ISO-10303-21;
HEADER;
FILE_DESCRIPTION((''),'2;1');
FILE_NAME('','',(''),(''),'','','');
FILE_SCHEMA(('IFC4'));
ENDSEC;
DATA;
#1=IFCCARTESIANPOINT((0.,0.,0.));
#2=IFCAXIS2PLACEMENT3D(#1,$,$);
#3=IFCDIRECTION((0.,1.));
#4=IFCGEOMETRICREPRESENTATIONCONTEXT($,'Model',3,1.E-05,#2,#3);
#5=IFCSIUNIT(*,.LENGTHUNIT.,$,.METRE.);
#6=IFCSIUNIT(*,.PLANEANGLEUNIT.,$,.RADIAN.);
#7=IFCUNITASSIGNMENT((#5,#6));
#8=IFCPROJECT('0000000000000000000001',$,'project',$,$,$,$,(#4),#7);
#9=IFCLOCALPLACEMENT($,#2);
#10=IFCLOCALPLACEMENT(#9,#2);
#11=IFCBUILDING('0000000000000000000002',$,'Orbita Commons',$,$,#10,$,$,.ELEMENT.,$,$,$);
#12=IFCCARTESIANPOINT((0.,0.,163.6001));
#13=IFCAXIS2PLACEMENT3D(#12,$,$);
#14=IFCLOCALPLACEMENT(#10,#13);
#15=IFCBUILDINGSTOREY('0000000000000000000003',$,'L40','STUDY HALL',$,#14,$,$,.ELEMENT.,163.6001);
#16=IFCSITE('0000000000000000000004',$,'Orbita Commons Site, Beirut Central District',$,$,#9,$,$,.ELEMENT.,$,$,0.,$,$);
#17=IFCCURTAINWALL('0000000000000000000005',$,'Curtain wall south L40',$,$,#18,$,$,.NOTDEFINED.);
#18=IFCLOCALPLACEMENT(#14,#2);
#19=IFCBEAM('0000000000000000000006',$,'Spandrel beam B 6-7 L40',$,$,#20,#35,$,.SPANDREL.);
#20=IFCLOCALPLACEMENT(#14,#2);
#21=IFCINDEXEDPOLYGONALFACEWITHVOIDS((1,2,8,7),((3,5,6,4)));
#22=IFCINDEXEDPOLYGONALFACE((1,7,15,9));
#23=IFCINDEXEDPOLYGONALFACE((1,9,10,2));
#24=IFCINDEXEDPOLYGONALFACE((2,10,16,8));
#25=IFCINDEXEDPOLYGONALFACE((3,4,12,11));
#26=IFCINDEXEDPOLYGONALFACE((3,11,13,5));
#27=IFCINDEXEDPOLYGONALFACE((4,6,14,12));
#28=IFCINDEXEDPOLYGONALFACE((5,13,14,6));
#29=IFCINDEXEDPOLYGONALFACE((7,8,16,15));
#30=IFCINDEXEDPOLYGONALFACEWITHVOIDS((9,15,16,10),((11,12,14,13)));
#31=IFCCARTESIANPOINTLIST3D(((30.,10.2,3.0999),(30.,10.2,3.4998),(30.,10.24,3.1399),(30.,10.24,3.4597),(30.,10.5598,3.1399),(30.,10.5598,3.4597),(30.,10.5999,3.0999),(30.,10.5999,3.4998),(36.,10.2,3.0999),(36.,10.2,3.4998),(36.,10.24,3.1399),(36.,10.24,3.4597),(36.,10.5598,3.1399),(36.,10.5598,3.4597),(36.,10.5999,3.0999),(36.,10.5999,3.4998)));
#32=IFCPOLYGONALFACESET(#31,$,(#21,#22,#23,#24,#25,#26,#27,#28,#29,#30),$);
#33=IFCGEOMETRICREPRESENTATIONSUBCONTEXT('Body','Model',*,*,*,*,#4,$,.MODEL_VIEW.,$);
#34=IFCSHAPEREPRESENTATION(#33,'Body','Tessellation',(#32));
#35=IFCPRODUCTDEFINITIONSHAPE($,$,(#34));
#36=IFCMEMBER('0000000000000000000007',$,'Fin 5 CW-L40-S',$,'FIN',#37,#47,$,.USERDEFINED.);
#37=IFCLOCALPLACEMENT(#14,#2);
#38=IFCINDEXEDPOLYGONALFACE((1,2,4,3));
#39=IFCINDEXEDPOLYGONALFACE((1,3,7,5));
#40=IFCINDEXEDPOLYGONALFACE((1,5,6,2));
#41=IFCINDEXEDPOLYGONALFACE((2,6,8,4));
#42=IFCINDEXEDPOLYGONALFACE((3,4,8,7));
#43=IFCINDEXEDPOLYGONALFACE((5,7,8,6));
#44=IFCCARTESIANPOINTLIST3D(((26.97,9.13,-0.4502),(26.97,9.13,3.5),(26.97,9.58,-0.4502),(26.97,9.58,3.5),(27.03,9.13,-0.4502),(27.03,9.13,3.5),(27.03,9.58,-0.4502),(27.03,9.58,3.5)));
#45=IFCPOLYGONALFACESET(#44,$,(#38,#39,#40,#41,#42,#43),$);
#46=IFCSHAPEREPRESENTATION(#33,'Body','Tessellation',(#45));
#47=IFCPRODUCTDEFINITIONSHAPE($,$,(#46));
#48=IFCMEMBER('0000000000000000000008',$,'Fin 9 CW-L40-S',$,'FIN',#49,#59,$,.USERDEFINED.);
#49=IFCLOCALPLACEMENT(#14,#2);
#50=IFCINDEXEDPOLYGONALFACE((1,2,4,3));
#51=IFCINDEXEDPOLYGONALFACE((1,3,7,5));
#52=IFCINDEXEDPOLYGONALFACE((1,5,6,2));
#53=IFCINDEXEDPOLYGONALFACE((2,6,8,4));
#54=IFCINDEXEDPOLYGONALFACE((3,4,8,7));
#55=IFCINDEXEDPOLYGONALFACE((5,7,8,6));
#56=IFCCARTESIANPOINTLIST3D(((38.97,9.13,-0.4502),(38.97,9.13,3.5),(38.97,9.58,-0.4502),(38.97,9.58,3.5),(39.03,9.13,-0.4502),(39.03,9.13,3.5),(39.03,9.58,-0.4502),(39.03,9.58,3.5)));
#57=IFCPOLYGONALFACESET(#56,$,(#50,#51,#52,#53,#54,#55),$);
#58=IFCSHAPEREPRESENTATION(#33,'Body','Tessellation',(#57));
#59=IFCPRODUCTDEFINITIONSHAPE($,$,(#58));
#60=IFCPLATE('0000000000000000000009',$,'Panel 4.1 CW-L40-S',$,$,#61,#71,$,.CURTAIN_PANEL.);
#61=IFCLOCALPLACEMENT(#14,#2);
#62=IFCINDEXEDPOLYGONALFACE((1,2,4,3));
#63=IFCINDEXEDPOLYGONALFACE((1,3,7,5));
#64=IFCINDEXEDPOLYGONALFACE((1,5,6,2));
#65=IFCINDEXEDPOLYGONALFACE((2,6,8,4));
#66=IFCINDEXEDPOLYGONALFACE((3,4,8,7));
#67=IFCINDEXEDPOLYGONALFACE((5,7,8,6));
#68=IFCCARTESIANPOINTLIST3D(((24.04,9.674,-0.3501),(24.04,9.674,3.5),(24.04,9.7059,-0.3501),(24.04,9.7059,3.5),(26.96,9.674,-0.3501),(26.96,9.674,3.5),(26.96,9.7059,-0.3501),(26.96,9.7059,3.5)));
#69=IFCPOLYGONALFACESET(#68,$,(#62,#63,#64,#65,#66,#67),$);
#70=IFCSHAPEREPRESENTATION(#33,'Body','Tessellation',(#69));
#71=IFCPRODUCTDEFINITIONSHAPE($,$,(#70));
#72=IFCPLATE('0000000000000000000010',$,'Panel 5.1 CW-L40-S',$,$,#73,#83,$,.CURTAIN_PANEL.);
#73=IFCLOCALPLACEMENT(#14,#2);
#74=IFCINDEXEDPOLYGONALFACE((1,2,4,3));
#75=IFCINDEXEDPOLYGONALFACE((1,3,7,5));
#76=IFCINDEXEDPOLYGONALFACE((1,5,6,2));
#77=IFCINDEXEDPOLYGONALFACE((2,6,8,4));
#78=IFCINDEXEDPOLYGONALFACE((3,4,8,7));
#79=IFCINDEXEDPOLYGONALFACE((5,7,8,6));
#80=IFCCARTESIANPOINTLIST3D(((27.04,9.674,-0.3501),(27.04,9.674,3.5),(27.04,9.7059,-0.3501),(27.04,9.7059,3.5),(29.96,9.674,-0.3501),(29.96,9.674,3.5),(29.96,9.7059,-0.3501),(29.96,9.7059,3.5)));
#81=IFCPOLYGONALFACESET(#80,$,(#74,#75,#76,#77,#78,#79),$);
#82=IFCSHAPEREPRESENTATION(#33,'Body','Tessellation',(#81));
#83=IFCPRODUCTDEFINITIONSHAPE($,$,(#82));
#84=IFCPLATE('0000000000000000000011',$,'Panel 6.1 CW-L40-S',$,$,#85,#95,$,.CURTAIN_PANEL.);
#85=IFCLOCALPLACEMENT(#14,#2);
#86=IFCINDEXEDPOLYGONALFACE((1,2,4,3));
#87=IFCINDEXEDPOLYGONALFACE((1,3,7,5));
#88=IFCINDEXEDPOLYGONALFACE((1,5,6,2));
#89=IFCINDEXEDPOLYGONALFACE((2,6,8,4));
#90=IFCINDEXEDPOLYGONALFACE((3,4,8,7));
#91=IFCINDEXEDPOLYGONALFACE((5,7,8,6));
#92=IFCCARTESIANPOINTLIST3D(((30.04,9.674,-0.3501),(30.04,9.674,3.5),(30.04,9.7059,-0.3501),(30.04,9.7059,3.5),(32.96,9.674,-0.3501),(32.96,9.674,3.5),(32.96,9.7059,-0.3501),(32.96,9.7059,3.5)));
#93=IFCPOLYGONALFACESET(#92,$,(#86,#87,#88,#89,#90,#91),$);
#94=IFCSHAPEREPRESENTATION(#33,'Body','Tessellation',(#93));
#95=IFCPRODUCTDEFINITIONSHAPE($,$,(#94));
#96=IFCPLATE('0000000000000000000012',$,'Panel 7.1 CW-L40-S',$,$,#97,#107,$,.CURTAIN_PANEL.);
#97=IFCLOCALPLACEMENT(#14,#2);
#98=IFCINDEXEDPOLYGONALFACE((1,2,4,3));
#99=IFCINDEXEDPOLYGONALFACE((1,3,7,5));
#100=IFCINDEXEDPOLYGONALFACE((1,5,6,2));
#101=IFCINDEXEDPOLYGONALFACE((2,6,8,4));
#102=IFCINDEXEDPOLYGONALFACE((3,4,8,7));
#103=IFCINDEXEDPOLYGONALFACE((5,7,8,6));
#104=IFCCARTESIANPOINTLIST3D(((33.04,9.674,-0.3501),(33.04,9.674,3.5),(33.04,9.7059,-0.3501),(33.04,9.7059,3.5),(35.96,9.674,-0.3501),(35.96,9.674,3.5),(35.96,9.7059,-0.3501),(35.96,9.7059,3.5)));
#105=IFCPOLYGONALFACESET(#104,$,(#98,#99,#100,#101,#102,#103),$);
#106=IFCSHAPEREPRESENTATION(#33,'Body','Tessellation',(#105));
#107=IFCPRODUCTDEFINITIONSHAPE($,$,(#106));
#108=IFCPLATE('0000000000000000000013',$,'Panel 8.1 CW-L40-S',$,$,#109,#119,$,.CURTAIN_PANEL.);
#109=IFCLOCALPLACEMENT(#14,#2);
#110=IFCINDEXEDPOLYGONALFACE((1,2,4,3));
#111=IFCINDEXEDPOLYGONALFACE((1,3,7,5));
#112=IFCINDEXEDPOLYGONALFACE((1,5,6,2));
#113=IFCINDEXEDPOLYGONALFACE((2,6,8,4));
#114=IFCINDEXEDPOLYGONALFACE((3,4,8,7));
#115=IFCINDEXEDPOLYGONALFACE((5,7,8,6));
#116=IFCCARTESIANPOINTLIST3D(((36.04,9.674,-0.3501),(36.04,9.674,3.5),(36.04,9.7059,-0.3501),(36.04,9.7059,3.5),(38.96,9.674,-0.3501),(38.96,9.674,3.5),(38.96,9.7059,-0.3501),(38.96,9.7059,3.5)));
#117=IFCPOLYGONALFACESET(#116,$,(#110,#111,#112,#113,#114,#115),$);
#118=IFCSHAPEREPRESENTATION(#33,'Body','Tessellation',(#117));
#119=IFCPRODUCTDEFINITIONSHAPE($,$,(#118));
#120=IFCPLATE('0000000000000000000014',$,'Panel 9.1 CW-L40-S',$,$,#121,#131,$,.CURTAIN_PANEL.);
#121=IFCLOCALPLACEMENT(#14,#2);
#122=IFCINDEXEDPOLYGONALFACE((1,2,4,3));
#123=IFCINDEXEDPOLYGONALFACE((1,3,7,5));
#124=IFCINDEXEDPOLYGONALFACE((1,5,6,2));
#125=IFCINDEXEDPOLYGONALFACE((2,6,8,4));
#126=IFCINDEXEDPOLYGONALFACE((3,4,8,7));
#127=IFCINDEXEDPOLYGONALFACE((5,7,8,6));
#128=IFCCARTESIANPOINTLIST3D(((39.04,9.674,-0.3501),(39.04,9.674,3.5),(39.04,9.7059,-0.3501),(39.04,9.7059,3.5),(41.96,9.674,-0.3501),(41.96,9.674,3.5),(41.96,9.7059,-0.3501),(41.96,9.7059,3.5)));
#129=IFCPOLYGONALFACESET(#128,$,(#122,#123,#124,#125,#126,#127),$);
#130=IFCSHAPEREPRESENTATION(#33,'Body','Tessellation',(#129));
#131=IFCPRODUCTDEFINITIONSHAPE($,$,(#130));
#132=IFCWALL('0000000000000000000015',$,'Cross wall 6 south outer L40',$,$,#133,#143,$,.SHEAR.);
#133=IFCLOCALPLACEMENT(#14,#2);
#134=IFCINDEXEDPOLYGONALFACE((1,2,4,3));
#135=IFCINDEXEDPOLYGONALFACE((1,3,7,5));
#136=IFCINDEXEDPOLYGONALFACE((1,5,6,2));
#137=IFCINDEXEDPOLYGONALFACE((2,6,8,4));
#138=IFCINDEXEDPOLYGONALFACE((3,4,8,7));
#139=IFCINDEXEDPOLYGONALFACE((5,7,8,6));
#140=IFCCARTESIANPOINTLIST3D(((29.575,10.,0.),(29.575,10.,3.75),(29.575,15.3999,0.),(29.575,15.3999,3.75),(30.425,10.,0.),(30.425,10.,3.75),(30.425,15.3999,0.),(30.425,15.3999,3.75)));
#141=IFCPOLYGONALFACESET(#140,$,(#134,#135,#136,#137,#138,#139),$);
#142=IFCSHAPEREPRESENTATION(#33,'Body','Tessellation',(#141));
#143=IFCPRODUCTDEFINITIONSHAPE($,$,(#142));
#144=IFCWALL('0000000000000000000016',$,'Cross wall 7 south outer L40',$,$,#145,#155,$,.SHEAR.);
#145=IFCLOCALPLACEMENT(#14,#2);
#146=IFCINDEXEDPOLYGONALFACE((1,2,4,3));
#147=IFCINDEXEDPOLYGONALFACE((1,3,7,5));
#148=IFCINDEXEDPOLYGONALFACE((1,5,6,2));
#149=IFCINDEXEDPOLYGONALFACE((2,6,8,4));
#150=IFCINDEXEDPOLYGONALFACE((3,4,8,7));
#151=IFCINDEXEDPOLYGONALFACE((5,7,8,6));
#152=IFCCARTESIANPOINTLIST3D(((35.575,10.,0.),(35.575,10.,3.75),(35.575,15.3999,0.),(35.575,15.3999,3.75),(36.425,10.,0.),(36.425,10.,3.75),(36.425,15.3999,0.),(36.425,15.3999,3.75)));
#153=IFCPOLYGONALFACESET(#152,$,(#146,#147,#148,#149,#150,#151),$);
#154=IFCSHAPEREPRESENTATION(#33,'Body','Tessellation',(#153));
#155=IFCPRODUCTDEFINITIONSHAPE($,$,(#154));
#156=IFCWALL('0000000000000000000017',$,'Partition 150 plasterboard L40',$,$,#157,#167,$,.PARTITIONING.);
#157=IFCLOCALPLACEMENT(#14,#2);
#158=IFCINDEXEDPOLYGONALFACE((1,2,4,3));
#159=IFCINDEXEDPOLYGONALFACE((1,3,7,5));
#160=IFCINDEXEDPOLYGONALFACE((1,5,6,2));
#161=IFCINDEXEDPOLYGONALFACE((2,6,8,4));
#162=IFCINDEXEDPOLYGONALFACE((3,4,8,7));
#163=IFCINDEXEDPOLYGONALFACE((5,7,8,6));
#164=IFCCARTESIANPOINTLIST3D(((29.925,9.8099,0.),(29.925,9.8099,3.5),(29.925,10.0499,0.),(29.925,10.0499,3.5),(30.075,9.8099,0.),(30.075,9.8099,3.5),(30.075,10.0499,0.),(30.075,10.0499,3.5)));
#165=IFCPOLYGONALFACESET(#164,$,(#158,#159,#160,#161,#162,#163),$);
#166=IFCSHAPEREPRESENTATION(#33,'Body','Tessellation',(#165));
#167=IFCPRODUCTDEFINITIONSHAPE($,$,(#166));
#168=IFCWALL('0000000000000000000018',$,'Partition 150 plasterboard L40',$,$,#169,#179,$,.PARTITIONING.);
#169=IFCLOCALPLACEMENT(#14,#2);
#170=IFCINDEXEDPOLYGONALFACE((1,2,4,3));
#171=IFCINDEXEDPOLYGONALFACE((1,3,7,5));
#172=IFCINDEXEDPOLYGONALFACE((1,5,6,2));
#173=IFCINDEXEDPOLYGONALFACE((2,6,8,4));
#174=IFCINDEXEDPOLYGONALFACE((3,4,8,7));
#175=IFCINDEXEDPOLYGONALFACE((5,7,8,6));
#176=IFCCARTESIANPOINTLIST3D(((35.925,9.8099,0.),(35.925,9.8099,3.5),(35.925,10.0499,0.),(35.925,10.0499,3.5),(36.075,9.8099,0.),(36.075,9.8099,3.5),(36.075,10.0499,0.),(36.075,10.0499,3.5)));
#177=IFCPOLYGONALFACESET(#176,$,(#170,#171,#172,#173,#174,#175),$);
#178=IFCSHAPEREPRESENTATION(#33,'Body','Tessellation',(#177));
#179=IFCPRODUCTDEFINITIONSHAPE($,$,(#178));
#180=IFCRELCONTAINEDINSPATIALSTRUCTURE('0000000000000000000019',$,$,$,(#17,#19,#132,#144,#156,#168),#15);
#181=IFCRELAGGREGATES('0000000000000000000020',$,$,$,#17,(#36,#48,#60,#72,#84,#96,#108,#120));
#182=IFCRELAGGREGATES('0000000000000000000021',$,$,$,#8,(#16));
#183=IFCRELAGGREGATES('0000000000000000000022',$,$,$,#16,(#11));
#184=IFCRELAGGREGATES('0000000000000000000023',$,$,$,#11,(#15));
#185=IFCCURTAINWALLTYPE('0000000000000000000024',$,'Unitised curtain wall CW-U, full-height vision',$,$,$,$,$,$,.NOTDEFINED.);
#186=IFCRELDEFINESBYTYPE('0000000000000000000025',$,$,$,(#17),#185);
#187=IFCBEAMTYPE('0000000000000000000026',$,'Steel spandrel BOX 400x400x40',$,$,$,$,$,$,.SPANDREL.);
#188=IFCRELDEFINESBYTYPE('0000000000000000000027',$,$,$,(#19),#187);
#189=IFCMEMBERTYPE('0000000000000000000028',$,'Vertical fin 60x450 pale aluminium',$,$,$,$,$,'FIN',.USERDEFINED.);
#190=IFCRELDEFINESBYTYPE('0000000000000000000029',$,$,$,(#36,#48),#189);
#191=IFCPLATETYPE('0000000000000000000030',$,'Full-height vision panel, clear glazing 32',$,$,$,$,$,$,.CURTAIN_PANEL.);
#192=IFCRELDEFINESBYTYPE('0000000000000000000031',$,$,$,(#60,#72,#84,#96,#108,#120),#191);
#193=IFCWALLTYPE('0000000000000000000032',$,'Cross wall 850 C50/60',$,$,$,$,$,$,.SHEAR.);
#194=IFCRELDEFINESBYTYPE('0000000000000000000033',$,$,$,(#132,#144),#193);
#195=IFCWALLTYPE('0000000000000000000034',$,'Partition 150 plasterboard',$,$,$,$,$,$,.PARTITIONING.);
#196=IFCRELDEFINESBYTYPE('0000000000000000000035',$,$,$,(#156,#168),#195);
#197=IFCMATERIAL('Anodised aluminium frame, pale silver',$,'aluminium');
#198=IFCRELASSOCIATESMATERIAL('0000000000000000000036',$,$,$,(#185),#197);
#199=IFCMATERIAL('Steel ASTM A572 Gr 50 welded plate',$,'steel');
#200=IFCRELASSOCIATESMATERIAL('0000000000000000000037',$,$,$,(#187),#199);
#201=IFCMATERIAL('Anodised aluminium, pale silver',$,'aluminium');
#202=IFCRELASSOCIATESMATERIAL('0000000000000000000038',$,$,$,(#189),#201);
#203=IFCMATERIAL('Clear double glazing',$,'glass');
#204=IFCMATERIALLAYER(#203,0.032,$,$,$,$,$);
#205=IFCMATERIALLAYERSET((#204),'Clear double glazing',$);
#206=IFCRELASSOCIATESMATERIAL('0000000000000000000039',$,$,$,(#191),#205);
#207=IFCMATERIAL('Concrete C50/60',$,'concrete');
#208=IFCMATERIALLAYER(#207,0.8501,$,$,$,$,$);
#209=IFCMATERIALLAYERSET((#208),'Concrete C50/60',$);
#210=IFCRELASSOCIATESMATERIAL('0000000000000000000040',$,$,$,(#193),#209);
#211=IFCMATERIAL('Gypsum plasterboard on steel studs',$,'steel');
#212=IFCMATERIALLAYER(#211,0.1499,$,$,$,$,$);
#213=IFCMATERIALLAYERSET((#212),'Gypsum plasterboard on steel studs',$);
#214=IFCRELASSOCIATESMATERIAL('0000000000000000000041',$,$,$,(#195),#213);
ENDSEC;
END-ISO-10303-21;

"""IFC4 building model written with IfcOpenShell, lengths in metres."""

from ifc_helpers import new_model, si_unit, direction, frame, frame_2d, origin, origin_2d, place, context, subcontext, project, spatial, rectangle, hollow_rectangle, extrude, material, layer, layer_set, material_profile, profile_set, type_object, element, aggregate, save


model = new_model("IFC4")

# Units and contexts
model_context = context("Model", 3, precision=1e-05, world=origin(), true_north=direction((0.0, 1.0)))
body_context = subcontext(model_context, "Body", "Model", "MODEL_VIEW")
ifc_project = project(units=[si_unit("LENGTHUNIT", "METRE"), si_unit("PLANEANGLEUNIT", "RADIAN")], contexts=[model_context])

# Site, building, storey
site_placement = place(None, origin())
site = spatial("IfcSite", under=ifc_project, at=site_placement, Name="Orbita Commons Site, Beirut Central District", CompositionType="ELEMENT", RefElevation=0.0)
building_placement = place(site_placement, origin())
building = spatial("IfcBuilding", under=site, at=building_placement, Name="Orbita Commons", CompositionType="ELEMENT")
storey_placement = place(building_placement, frame((0.0, 0.0, 163.6001)))
storey = spatial("IfcBuildingStorey", under=building, at=storey_placement, Name="L40", Description="STUDY HALL", CompositionType="ELEMENT", Elevation=163.6001)

# Curtain wall
ifc_material_1 = material(Name="Anodised aluminium frame, pale silver", Category="aluminium")
curtain_wall_type = type_object("IfcCurtainWallType", Name="Unitised curtain wall CW-U, full-height vision", PredefinedType="NOTDEFINED", material=ifc_material_1)
curtain_wall_placement = place(storey_placement, origin())
curtain_wall = element("IfcCurtainWall", 1, at=curtain_wall_placement, inside=storey, type_object=curtain_wall_type, Name="Curtain wall south L40", PredefinedType="NOTDEFINED")

# Beam
ifc_material_2 = material(Name="Steel ASTM A572 Gr 50 welded plate", Category="steel")
ifc_material_profile_1 = material_profile(ifc_material_2, hollow_rectangle(XDim=0.3999, YDim=0.3999, WallThickness=0.04, at=origin_2d()), Name="BOX 400x400x40")
ifc_profile_set_1 = profile_set([ifc_material_profile_1], Name="Steel ASTM A572 Gr 50 welded plate")
beam_type = type_object("IfcBeamType", Name="Steel spandrel BOX 400x400x40", PredefinedType="SPANDREL", material=ifc_profile_set_1)
beam_placement = place(storey_placement, frame((30.0, 10.3999, 3.2998), z_axis=(1.0, 0.0, 0.0), x_axis=(0.0, 1.0, 0.0)))
element("IfcBeam", 2, at=beam_placement, inside=storey, type_object=beam_type, Name="Spandrel beam B 6-7 L40", PredefinedType="SPANDREL", context=body_context, shape_type="SweptSolid", body=[
    extrude(hollow_rectangle(XDim=0.3999, YDim=0.3999, WallThickness=0.04, at=origin_2d()), origin(), (0.0, 0.0, 1.0), 6.0),
])

# Members
ifc_material_3 = material(Name="Anodised aluminium, pale silver", Category="aluminium")
ifc_material_profile_2 = material_profile(ifc_material_3, rectangle(XDim=0.0601, YDim=0.45, at=origin_2d()), Name="FIN 60x450")
ifc_profile_set_2 = profile_set([ifc_material_profile_2], Name="Anodised aluminium, pale silver")
member_type_1 = type_object("IfcMemberType", Name="Vertical fin 60x450 pale aluminium", ElementType="FIN", PredefinedType="USERDEFINED", material=ifc_profile_set_2)
member_1_placement = place(storey_placement, frame((27.0, 9.355, -0.4502), z_axis=(0.0, 0.0, 1.0), x_axis=(1.0, 0.0, 0.0)))
member_1 = element("IfcMember", 3, at=member_1_placement, type_object=member_type_1, Name="Fin 5 CW-L40-S", ObjectType="FIN", PredefinedType="USERDEFINED", context=body_context, shape_type="SweptSolid", body=[
    extrude(rectangle(XDim=0.0601, YDim=0.45, at=origin_2d()), origin(), (0.0, 0.0, 1.0), 3.9502),
])
member_2_placement = place(storey_placement, frame((39.0, 9.355, -0.4502), z_axis=(0.0, 0.0, 1.0), x_axis=(1.0, 0.0, 0.0)))
member_2 = element("IfcMember", 4, at=member_2_placement, type_object=member_type_1, Name="Fin 9 CW-L40-S", ObjectType="FIN", PredefinedType="USERDEFINED", context=body_context, shape_type="SweptSolid", body=[
    extrude(rectangle(XDim=0.0601, YDim=0.45, at=origin_2d()), origin(), (0.0, 0.0, 1.0), 3.9502),
])

# Plates
ifc_material_4 = material(Name="Clear double glazing", Category="glass")
ifc_layer_1 = layer(ifc_material_4, 0.032)
ifc_layer_set_1 = layer_set([ifc_layer_1], Name="Clear double glazing")
plate_type = type_object("IfcPlateType", Name="Full-height vision panel, clear glazing 32", PredefinedType="CURTAIN_PANEL", material=ifc_layer_set_1)
plate_1_placement = place(storey_placement, frame((25.5, 9.6899, -0.3501), z_axis=(0.0, 0.0, 1.0), x_axis=(1.0, 0.0, 0.0)))
plate_1 = element("IfcPlate", 5, at=plate_1_placement, type_object=plate_type, Name="Panel 4.1 CW-L40-S", PredefinedType="CURTAIN_PANEL", context=body_context, shape_type="SweptSolid", body=[
    extrude(rectangle(XDim=2.9199, YDim=0.032, at=origin_2d()), origin(), (0.0, 0.0, 1.0), 3.8501),
])
plate_2_placement = place(storey_placement, frame((28.5, 9.6899, -0.3501), z_axis=(0.0, 0.0, 1.0), x_axis=(1.0, 0.0, 0.0)))
plate_2 = element("IfcPlate", 6, at=plate_2_placement, type_object=plate_type, Name="Panel 5.1 CW-L40-S", PredefinedType="CURTAIN_PANEL", context=body_context, shape_type="SweptSolid", body=[
    extrude(rectangle(XDim=2.9199, YDim=0.032, at=origin_2d()), origin(), (0.0, 0.0, 1.0), 3.8501),
])
plate_3_placement = place(storey_placement, frame((31.5, 9.6899, -0.3501), z_axis=(0.0, 0.0, 1.0), x_axis=(1.0, 0.0, 0.0)))
plate_3 = element("IfcPlate", 7, at=plate_3_placement, type_object=plate_type, Name="Panel 6.1 CW-L40-S", PredefinedType="CURTAIN_PANEL", context=body_context, shape_type="SweptSolid", body=[
    extrude(rectangle(XDim=2.9199, YDim=0.032, at=origin_2d()), origin(), (0.0, 0.0, 1.0), 3.8501),
])
plate_4_placement = place(storey_placement, frame((34.5, 9.6899, -0.3501), z_axis=(0.0, 0.0, 1.0), x_axis=(1.0, 0.0, 0.0)))
plate_4 = element("IfcPlate", 8, at=plate_4_placement, type_object=plate_type, Name="Panel 7.1 CW-L40-S", PredefinedType="CURTAIN_PANEL", context=body_context, shape_type="SweptSolid", body=[
    extrude(rectangle(XDim=2.9199, YDim=0.032, at=origin_2d()), origin(), (0.0, 0.0, 1.0), 3.8501),
])
plate_5_placement = place(storey_placement, frame((37.5, 9.6899, -0.3501), z_axis=(0.0, 0.0, 1.0), x_axis=(1.0, 0.0, 0.0)))
plate_5 = element("IfcPlate", 9, at=plate_5_placement, type_object=plate_type, Name="Panel 8.1 CW-L40-S", PredefinedType="CURTAIN_PANEL", context=body_context, shape_type="SweptSolid", body=[
    extrude(rectangle(XDim=2.9199, YDim=0.032, at=origin_2d()), origin(), (0.0, 0.0, 1.0), 3.8501),
])
plate_6_placement = place(storey_placement, frame((40.5, 9.6899, -0.3501), z_axis=(0.0, 0.0, 1.0), x_axis=(1.0, 0.0, 0.0)))
plate_6 = element("IfcPlate", 10, at=plate_6_placement, type_object=plate_type, Name="Panel 9.1 CW-L40-S", PredefinedType="CURTAIN_PANEL", context=body_context, shape_type="SweptSolid", body=[
    extrude(rectangle(XDim=2.9199, YDim=0.032, at=origin_2d()), origin(), (0.0, 0.0, 1.0), 3.8501),
])
aggregate(curtain_wall, [member_1, member_2, plate_1, plate_2, plate_3, plate_4, plate_5, plate_6])

# Walls
ifc_material_5 = material(Name="Concrete C50/60", Category="concrete")
ifc_layer_2 = layer(ifc_material_5, 0.8501)
ifc_layer_set_2 = layer_set([ifc_layer_2], Name="Concrete C50/60")
wall_type_1 = type_object("IfcWallType", Name="Cross wall 850 C50/60", PredefinedType="SHEAR", material=ifc_layer_set_2)
for number, where, z_axis, x_axis, name in (
    (11, (30.0, 10.0, 0.0), (0.0, 0.0, 1.0), (0.0, 1.0, 0.0), "Cross wall 6 south outer L40"),
    (12, (36.0, 10.0, 0.0), (0.0, 0.0, 1.0), (0.0, 1.0, 0.0), "Cross wall 7 south outer L40"),
):
    element("IfcWall", number, at=place(storey_placement, frame(where, z_axis=z_axis, x_axis=x_axis)), inside=storey, type_object=wall_type_1, Name=name, PredefinedType="SHEAR", context=body_context, shape_type="SweptSolid", body=[
        extrude(rectangle(XDim=5.3999, YDim=0.8501, at=frame_2d((2.7, 0.0))), origin(), (0.0, 0.0, 1.0), 3.75),
    ])
ifc_material_6 = material(Name="Gypsum plasterboard on steel studs", Category="steel")
ifc_layer_3 = layer(ifc_material_6, 0.1499)
ifc_layer_set_3 = layer_set([ifc_layer_3], Name="Gypsum plasterboard on steel studs")
wall_type_2 = type_object("IfcWallType", Name="Partition 150 plasterboard", PredefinedType="PARTITIONING", material=ifc_layer_set_3)
for number, where, z_axis, x_axis, name in (
    (13, (30.0, 10.05, 0.0), (0.0, 0.0, 1.0), (0.0, -1.0, 0.0), "Partition 150 plasterboard L40"),
    (14, (36.0, 10.05, 0.0), (0.0, 0.0, 1.0), (0.0, -1.0, 0.0), "Partition 150 plasterboard L40"),
):
    element("IfcWall", number, at=place(storey_placement, frame(where, z_axis=z_axis, x_axis=x_axis)), inside=storey, type_object=wall_type_2, Name=name, PredefinedType="PARTITIONING", context=body_context, shape_type="SweptSolid", body=[
        extrude(rectangle(XDim=0.24, YDim=0.1499, at=frame_2d((0.1201, 0.0))), origin(), (0.0, 0.0, 1.0), 3.5),
    ])

save(model, "model.ifc")
